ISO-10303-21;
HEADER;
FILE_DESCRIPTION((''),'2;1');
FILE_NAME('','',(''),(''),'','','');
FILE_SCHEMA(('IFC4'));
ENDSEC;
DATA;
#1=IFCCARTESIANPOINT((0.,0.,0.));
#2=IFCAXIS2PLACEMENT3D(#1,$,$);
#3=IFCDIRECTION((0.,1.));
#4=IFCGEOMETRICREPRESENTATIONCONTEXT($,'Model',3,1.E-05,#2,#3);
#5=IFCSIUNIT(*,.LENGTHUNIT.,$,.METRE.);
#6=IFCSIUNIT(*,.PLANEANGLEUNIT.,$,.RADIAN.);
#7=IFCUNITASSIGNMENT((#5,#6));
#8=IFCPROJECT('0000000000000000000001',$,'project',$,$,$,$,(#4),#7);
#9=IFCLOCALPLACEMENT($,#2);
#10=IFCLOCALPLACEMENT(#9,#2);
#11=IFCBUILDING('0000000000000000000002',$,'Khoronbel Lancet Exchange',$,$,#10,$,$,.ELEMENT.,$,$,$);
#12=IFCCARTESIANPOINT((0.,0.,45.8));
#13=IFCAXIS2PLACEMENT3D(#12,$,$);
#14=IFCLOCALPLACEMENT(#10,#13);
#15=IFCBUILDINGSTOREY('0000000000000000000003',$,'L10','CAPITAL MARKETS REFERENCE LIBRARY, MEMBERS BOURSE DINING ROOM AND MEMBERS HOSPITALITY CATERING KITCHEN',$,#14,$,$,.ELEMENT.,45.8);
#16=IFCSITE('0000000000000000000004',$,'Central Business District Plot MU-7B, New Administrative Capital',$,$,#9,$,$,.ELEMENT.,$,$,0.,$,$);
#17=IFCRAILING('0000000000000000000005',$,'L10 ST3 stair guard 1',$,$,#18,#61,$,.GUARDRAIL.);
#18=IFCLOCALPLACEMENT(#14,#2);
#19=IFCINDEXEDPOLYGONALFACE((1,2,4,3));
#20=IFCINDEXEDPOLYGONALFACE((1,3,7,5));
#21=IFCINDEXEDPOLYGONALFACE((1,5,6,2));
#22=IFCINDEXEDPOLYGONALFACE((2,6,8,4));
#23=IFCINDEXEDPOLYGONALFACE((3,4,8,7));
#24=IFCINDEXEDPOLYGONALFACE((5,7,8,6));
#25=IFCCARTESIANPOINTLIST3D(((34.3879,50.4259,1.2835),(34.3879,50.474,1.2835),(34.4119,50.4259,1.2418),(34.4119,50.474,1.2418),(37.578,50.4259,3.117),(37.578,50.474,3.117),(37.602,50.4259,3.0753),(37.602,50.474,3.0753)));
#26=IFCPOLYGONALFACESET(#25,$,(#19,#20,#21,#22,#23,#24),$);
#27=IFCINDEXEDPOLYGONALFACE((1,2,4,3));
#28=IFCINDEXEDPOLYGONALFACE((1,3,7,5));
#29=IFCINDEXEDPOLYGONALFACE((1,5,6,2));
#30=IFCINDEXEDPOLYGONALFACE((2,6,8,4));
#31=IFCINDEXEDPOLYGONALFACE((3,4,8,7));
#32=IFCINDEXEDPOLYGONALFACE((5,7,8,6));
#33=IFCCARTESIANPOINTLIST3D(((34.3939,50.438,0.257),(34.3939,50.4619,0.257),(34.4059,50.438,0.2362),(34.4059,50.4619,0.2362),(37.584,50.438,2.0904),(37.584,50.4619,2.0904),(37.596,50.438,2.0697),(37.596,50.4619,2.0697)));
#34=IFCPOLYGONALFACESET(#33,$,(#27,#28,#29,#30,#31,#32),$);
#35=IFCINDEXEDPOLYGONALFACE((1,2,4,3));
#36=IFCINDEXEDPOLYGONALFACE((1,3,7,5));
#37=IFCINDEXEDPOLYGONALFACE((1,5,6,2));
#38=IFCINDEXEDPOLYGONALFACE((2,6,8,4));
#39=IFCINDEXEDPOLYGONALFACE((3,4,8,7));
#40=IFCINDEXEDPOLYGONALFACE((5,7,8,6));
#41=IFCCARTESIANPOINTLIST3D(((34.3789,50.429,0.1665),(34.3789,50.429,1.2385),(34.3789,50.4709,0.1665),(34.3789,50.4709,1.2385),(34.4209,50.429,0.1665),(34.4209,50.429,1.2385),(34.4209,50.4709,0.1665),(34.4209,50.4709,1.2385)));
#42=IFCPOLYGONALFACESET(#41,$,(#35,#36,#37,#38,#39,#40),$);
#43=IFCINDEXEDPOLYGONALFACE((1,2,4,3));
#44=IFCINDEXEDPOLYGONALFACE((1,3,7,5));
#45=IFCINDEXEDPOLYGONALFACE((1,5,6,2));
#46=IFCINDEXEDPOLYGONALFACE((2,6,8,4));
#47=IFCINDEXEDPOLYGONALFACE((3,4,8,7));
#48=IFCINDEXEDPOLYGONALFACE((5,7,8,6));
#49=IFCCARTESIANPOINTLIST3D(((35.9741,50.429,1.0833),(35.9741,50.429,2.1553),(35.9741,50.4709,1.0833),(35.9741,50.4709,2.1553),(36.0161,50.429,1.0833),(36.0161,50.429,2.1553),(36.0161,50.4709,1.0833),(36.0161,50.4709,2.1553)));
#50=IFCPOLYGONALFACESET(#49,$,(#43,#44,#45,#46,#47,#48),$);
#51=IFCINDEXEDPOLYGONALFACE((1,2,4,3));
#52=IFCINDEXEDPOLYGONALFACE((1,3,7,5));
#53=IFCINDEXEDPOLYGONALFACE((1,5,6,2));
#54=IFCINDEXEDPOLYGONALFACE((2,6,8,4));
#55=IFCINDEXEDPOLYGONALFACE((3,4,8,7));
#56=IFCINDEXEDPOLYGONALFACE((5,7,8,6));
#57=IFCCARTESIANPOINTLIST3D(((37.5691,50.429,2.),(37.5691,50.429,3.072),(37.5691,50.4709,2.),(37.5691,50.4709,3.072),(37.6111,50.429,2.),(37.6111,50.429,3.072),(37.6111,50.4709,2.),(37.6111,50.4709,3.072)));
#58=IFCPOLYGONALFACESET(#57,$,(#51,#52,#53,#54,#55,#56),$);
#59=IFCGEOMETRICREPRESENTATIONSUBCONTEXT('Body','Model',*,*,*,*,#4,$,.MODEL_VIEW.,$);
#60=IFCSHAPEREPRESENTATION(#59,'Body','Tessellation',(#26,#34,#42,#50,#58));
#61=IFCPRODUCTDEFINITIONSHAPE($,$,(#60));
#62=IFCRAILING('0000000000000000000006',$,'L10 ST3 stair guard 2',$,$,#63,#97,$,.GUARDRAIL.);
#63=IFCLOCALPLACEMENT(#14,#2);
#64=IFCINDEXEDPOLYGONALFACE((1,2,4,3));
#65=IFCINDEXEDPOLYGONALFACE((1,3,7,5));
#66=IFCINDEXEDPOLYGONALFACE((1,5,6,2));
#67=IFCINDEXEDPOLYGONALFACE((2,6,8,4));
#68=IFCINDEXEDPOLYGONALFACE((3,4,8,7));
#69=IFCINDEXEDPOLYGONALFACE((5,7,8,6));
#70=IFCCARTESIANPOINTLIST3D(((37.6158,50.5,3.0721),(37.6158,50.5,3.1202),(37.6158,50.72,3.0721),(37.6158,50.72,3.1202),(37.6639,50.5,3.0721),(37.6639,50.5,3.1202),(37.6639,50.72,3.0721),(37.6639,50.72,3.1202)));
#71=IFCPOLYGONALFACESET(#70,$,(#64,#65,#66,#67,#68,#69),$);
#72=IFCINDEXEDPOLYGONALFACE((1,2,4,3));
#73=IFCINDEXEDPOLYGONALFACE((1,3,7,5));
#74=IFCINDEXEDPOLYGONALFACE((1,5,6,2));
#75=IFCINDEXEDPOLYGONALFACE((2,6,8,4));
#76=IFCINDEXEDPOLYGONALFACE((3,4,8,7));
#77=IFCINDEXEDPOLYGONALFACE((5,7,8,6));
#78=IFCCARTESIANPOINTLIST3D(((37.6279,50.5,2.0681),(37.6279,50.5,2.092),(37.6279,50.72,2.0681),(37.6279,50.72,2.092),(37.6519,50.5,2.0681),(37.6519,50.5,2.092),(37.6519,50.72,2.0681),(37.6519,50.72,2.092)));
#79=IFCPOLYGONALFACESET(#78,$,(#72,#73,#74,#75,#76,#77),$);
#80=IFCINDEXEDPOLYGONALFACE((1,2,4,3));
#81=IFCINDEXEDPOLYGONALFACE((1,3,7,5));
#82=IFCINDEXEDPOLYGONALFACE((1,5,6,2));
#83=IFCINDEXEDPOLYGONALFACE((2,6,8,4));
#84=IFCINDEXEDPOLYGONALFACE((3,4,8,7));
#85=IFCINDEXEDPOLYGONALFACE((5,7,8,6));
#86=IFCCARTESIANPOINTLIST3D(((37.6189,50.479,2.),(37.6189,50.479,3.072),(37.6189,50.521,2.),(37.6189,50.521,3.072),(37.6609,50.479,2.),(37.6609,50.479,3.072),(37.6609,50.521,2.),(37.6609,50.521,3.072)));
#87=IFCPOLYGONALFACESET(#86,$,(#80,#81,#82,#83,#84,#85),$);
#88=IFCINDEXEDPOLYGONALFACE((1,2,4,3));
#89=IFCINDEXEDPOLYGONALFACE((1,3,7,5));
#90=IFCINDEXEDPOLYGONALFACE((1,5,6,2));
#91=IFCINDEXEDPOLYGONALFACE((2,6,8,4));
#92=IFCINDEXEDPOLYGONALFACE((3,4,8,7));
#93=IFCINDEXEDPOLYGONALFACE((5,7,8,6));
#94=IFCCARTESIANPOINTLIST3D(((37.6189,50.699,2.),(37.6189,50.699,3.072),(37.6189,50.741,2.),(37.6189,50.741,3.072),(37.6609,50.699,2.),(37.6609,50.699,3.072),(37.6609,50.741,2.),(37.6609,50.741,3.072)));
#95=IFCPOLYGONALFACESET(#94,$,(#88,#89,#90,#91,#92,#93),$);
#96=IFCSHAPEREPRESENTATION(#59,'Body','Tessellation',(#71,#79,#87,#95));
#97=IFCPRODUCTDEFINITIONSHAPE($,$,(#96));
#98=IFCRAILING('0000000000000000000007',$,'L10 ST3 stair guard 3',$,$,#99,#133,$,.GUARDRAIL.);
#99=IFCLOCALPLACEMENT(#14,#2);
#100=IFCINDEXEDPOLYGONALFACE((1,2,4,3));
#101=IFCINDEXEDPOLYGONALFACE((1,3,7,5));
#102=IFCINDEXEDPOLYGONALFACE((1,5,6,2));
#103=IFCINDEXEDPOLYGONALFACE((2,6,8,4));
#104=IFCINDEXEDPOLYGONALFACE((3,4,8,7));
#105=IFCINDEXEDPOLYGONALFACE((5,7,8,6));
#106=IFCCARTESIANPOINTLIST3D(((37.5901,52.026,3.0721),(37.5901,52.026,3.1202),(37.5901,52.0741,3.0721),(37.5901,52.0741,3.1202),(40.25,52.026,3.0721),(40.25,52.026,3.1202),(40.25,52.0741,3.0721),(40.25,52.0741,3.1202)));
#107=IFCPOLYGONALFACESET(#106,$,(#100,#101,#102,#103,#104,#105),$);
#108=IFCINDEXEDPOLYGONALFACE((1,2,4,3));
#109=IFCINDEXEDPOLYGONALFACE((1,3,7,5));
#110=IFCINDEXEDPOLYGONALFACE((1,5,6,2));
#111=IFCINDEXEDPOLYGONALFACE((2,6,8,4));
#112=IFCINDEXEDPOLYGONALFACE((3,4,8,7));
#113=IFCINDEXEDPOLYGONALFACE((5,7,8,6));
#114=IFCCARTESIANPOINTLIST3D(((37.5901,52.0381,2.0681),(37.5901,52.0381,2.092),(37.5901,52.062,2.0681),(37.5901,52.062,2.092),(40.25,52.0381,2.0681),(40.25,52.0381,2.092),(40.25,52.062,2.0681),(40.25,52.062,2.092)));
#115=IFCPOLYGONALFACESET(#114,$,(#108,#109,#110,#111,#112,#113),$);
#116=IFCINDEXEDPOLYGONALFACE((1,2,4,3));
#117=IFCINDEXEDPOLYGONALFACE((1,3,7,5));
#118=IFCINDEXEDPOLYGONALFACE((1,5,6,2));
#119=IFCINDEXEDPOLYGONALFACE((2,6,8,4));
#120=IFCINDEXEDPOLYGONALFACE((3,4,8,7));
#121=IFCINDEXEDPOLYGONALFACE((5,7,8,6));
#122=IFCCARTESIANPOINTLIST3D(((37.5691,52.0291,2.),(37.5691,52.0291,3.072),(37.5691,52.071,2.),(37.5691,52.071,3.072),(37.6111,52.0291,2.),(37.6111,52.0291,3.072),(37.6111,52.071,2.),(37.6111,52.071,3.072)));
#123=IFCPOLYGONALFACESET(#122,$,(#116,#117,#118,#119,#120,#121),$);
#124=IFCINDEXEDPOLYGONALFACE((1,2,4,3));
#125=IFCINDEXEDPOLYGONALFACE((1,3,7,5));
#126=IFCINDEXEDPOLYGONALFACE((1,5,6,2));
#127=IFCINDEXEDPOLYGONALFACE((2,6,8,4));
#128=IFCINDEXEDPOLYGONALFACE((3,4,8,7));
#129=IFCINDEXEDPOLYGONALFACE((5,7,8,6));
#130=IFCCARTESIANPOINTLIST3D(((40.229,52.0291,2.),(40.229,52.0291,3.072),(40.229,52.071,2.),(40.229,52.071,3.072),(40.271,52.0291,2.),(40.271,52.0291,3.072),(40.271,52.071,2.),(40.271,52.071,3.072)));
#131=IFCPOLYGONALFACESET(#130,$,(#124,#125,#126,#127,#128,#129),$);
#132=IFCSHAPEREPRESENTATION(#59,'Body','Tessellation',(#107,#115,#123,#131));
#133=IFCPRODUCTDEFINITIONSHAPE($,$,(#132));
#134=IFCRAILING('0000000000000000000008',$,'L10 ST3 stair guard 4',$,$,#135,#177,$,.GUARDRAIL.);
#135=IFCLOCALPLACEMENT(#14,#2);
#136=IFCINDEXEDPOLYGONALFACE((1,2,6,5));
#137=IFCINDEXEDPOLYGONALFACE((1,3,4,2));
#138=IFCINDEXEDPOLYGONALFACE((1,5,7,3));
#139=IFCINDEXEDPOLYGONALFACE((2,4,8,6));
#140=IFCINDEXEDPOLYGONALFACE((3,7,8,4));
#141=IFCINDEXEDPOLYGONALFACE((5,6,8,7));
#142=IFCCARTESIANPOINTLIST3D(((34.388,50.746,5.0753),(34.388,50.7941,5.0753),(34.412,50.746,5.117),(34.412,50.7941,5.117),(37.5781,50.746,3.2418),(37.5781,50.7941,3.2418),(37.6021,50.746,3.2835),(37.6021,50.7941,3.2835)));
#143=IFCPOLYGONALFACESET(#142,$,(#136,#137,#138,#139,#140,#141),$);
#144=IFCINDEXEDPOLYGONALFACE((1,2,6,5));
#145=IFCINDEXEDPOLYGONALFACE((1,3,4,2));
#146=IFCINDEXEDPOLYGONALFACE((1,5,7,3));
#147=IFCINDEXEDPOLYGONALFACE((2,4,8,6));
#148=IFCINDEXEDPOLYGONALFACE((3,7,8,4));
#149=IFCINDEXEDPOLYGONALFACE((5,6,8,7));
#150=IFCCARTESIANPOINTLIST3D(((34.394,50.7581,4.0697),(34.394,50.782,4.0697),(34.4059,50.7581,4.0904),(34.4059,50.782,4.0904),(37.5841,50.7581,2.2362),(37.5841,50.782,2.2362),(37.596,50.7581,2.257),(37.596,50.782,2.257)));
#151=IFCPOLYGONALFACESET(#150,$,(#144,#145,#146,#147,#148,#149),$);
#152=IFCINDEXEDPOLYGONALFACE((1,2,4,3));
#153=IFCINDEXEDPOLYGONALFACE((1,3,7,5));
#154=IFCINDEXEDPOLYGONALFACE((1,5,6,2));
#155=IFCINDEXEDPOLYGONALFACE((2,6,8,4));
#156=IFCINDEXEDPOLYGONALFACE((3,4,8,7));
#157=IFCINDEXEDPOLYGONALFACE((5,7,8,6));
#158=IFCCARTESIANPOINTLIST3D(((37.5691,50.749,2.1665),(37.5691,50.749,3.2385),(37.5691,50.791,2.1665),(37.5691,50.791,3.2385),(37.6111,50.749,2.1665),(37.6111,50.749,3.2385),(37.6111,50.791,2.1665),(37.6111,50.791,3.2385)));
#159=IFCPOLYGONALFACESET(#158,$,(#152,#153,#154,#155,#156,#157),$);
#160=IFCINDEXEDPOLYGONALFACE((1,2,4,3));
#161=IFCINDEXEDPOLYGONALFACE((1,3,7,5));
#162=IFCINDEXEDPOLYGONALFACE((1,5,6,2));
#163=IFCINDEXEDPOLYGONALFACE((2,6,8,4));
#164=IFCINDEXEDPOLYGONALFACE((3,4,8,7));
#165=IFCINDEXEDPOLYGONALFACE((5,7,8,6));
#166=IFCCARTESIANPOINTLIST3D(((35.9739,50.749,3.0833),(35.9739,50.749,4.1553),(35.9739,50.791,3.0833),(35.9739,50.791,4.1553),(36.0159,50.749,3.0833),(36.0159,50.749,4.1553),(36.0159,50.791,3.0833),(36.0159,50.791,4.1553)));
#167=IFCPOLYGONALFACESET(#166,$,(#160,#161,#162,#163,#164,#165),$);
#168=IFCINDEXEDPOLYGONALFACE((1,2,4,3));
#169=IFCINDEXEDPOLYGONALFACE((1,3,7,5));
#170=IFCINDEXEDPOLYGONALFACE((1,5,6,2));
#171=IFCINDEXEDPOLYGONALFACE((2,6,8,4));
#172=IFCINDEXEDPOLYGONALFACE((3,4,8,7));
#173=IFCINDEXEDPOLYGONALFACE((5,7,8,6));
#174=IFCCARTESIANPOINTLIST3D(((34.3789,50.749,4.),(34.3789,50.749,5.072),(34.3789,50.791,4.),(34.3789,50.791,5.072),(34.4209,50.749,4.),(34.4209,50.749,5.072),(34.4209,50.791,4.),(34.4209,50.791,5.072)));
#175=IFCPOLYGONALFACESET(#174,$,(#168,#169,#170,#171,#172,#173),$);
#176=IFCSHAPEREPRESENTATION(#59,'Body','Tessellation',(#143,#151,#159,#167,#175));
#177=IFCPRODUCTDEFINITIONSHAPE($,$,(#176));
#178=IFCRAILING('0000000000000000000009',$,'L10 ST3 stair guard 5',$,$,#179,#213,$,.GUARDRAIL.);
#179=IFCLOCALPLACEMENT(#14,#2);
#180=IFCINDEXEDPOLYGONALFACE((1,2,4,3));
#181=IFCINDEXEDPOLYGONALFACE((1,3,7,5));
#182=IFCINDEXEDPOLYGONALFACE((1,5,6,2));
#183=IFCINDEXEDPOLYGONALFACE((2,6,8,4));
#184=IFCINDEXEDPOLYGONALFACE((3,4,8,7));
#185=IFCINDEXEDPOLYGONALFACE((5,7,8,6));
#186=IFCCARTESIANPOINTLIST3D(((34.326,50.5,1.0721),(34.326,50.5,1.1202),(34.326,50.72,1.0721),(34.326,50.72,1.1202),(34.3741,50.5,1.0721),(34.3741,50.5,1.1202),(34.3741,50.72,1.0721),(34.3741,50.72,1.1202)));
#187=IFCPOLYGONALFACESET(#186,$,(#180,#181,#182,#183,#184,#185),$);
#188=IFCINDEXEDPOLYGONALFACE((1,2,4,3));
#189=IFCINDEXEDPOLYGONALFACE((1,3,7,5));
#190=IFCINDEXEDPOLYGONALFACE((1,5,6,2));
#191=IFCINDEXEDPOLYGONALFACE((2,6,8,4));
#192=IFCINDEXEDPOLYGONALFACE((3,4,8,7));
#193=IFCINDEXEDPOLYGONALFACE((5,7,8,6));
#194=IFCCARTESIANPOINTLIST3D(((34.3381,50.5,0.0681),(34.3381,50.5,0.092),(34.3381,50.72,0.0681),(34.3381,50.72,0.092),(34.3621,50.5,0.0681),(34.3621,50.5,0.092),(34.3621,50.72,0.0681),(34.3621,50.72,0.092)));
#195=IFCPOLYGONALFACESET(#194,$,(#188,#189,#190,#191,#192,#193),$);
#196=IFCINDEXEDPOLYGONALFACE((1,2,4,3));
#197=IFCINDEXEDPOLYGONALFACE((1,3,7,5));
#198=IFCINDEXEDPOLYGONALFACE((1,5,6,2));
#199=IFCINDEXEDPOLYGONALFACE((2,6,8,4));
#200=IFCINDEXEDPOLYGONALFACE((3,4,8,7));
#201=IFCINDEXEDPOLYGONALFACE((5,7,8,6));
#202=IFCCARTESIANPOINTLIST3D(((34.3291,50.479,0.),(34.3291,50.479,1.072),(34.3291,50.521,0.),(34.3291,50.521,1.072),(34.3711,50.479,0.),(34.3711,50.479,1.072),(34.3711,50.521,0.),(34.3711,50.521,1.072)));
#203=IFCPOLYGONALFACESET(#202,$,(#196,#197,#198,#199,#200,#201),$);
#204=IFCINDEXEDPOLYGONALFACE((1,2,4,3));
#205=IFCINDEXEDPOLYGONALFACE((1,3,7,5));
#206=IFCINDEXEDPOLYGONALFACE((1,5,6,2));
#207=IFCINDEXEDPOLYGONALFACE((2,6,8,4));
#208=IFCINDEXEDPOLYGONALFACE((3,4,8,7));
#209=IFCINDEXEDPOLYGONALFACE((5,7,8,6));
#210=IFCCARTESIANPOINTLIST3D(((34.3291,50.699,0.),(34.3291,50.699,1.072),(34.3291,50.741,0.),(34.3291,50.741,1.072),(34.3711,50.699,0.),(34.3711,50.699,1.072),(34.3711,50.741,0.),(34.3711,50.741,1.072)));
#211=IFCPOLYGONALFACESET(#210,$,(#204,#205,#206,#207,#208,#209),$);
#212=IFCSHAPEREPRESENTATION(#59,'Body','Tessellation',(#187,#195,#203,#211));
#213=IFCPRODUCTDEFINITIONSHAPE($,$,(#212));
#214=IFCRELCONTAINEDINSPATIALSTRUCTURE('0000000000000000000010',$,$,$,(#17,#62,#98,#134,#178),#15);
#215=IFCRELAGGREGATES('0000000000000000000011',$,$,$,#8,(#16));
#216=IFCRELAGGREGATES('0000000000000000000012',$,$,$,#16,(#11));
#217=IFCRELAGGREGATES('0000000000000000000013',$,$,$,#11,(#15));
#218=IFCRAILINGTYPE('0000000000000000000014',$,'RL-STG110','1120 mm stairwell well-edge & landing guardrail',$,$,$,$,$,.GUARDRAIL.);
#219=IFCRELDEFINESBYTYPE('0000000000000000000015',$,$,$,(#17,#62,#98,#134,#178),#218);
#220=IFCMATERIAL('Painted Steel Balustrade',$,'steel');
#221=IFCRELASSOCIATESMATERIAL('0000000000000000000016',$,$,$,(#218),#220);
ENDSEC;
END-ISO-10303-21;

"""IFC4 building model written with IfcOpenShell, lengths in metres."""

from ifc_helpers import new_model, si_unit, direction, frame, origin, origin_2d, place, context, subcontext, project, spatial, rectangle, extrude, material, type_object, element, save


model = new_model("IFC4")

# Units and contexts
model_context = context("Model", 3, precision=1e-05, world=origin(), true_north=direction((0.0, 1.0)))
body_context = subcontext(model_context, "Body", "Model", "MODEL_VIEW")
ifc_project = project(units=[si_unit("LENGTHUNIT", "METRE"), si_unit("PLANEANGLEUNIT", "RADIAN")], contexts=[model_context])

# Site, building, storey
site_placement = place(None, origin())
site = spatial("IfcSite", under=ifc_project, at=site_placement, Name="Central Business District Plot MU-7B, New Administrative Capital", CompositionType="ELEMENT", RefElevation=0.0)
building_placement = place(site_placement, origin())
building = spatial("IfcBuilding", under=site, at=building_placement, Name="Khoronbel Lancet Exchange", CompositionType="ELEMENT")
storey_placement = place(building_placement, frame((0.0, 0.0, 45.8)))
storey = spatial("IfcBuildingStorey", under=building, at=storey_placement, Name="L10", Description="CAPITAL MARKETS REFERENCE LIBRARY, MEMBERS BOURSE DINING ROOM AND MEMBERS HOSPITALITY CATERING KITCHEN", CompositionType="ELEMENT", Elevation=45.8)

# Railings
ifc_material_1 = material(Name="Painted Steel Balustrade", Category="steel")
railing_type_1 = type_object("IfcRailingType", Name="RL-STG110", Description="1120 mm stairwell well-edge & landing guardrail", PredefinedType="GUARDRAIL", material=ifc_material_1)
railing_1_placement = place(storey_placement, frame((34.3999, 50.45, 0.1665)))
element("IfcRailing", 1, at=railing_1_placement, inside=storey, type_object=railing_type_1, Name="L10 ST3 stair guard 1", PredefinedType="GUARDRAIL", context=body_context, shape_type="SweptSolid", body=[
    extrude(rectangle(XDim=0.0481, YDim=0.0481, at=origin_2d()), frame((0.0, 0.0, 1.0962), z_axis=(0.867007, 0.0, 0.498295), x_axis=(0.0, 1.0, 0.0)), (0.0, 0.0, 1.0), 3.6794),
    extrude(rectangle(XDim=0.0239, YDim=0.0239, at=origin_2d()), frame((0.0, 0.0, 0.0801), z_axis=(0.867007, 0.0, 0.498295), x_axis=(0.0, 1.0, 0.0)), (0.0, 0.0, 1.0), 3.6794),
    extrude(rectangle(XDim=0.042, YDim=0.042, at=origin_2d()), origin(), (0.0, 0.0, 1.0), 1.072),
    extrude(rectangle(XDim=0.042, YDim=0.042, at=origin_2d()), frame((1.5952, 0.0, 0.9167)), (0.0, 0.0, 1.0), 1.072),
    extrude(rectangle(XDim=0.042, YDim=0.042, at=origin_2d()), frame((3.1902, 0.0, 1.8335)), (0.0, 0.0, 1.0), 1.072),
])
railing_2_placement = place(storey_placement, frame((37.6399, 50.5, 2.0)))
element("IfcRailing", 2, at=railing_2_placement, inside=storey, type_object=railing_type_1, Name="L10 ST3 stair guard 2", PredefinedType="GUARDRAIL", context=body_context, shape_type="SweptSolid", body=[
    extrude(rectangle(XDim=0.0481, YDim=0.0481, at=origin_2d()), frame((0.0, 0.0, 1.0962), z_axis=(0.0, 1.0, 0.0), x_axis=(-1.0, 0.0, 0.0)), (0.0, 0.0, 1.0), 0.22),
    extrude(rectangle(XDim=0.0239, YDim=0.0239, at=origin_2d()), frame((0.0, 0.0, 0.0801), z_axis=(0.0, 1.0, 0.0), x_axis=(-1.0, 0.0, 0.0)), (0.0, 0.0, 1.0), 0.22),
    extrude(rectangle(XDim=0.042, YDim=0.042, at=origin_2d()), origin(), (0.0, 0.0, 1.0), 1.072),
    extrude(rectangle(XDim=0.042, YDim=0.042, at=origin_2d()), frame((0.0, 0.22, 0.0)), (0.0, 0.0, 1.0), 1.072),
])
railing_3_placement = place(storey_placement, frame((37.5901, 52.05, 2.0)))
element("IfcRailing", 3, at=railing_3_placement, inside=storey, type_object=railing_type_1, Name="L10 ST3 stair guard 3", PredefinedType="GUARDRAIL", context=body_context, shape_type="SweptSolid", body=[
    extrude(rectangle(XDim=0.0481, YDim=0.0481, at=origin_2d()), frame((0.0, 0.0, 1.0962), z_axis=(1.0, 0.0, 0.0), x_axis=(0.0, 1.0, 0.0)), (0.0, 0.0, 1.0), 2.6599),
    extrude(rectangle(XDim=0.0239, YDim=0.0239, at=origin_2d()), frame((0.0, 0.0, 0.0801), z_axis=(1.0, 0.0, 0.0), x_axis=(0.0, 1.0, 0.0)), (0.0, 0.0, 1.0), 2.6599),
    extrude(rectangle(XDim=0.042, YDim=0.042, at=origin_2d()), origin(), (0.0, 0.0, 1.0), 1.072),
    extrude(rectangle(XDim=0.042, YDim=0.042, at=origin_2d()), frame((2.6599, 0.0, 0.0)), (0.0, 0.0, 1.0), 1.072),
])
railing_4_placement = place(storey_placement, frame((37.5901, 50.77, 2.1665)))
element("IfcRailing", 4, at=railing_4_placement, inside=storey, type_object=railing_type_1, Name="L10 ST3 stair guard 4", PredefinedType="GUARDRAIL", context=body_context, shape_type="SweptSolid", body=[
    extrude(rectangle(XDim=0.0481, YDim=0.0481, at=origin_2d()), frame((0.0, 0.0, 1.0962), z_axis=(-0.867007, 0.0, 0.498295), x_axis=(0.0, -1.0, 0.0)), (0.0, 0.0, 1.0), 3.6794),
    extrude(rectangle(XDim=0.0239, YDim=0.0239, at=origin_2d()), frame((0.0, 0.0, 0.0801), z_axis=(-0.867007, 0.0, 0.498295), x_axis=(0.0, -1.0, 0.0)), (0.0, 0.0, 1.0), 3.6794),
    extrude(rectangle(XDim=0.042, YDim=0.042, at=origin_2d()), origin(), (0.0, 0.0, 1.0), 1.072),
    extrude(rectangle(XDim=0.042, YDim=0.042, at=origin_2d()), frame((-1.5952, 0.0, 0.9167)), (0.0, 0.0, 1.0), 1.072),
    extrude(rectangle(XDim=0.042, YDim=0.042, at=origin_2d()), frame((-3.1902, 0.0, 1.8335)), (0.0, 0.0, 1.0), 1.072),
])
railing_5_placement = place(storey_placement, frame((34.3501, 50.5, 0.0)))
element("IfcRailing", 5, at=railing_5_placement, inside=storey, type_object=railing_type_1, Name="L10 ST3 stair guard 5", PredefinedType="GUARDRAIL", context=body_context, shape_type="SweptSolid", body=[
    extrude(rectangle(XDim=0.0481, YDim=0.0481, at=origin_2d()), frame((0.0, 0.0, 1.0962), z_axis=(0.0, 1.0, 0.0), x_axis=(-1.0, 0.0, 0.0)), (0.0, 0.0, 1.0), 0.22),
    extrude(rectangle(XDim=0.0239, YDim=0.0239, at=origin_2d()), frame((0.0, 0.0, 0.0801), z_axis=(0.0, 1.0, 0.0), x_axis=(-1.0, 0.0, 0.0)), (0.0, 0.0, 1.0), 0.22),
    extrude(rectangle(XDim=0.042, YDim=0.042, at=origin_2d()), origin(), (0.0, 0.0, 1.0), 1.072),
    extrude(rectangle(XDim=0.042, YDim=0.042, at=origin_2d()), frame((0.0, 0.22, 0.0)), (0.0, 0.0, 1.0), 1.072),
])

save(model, "model.ifc")
